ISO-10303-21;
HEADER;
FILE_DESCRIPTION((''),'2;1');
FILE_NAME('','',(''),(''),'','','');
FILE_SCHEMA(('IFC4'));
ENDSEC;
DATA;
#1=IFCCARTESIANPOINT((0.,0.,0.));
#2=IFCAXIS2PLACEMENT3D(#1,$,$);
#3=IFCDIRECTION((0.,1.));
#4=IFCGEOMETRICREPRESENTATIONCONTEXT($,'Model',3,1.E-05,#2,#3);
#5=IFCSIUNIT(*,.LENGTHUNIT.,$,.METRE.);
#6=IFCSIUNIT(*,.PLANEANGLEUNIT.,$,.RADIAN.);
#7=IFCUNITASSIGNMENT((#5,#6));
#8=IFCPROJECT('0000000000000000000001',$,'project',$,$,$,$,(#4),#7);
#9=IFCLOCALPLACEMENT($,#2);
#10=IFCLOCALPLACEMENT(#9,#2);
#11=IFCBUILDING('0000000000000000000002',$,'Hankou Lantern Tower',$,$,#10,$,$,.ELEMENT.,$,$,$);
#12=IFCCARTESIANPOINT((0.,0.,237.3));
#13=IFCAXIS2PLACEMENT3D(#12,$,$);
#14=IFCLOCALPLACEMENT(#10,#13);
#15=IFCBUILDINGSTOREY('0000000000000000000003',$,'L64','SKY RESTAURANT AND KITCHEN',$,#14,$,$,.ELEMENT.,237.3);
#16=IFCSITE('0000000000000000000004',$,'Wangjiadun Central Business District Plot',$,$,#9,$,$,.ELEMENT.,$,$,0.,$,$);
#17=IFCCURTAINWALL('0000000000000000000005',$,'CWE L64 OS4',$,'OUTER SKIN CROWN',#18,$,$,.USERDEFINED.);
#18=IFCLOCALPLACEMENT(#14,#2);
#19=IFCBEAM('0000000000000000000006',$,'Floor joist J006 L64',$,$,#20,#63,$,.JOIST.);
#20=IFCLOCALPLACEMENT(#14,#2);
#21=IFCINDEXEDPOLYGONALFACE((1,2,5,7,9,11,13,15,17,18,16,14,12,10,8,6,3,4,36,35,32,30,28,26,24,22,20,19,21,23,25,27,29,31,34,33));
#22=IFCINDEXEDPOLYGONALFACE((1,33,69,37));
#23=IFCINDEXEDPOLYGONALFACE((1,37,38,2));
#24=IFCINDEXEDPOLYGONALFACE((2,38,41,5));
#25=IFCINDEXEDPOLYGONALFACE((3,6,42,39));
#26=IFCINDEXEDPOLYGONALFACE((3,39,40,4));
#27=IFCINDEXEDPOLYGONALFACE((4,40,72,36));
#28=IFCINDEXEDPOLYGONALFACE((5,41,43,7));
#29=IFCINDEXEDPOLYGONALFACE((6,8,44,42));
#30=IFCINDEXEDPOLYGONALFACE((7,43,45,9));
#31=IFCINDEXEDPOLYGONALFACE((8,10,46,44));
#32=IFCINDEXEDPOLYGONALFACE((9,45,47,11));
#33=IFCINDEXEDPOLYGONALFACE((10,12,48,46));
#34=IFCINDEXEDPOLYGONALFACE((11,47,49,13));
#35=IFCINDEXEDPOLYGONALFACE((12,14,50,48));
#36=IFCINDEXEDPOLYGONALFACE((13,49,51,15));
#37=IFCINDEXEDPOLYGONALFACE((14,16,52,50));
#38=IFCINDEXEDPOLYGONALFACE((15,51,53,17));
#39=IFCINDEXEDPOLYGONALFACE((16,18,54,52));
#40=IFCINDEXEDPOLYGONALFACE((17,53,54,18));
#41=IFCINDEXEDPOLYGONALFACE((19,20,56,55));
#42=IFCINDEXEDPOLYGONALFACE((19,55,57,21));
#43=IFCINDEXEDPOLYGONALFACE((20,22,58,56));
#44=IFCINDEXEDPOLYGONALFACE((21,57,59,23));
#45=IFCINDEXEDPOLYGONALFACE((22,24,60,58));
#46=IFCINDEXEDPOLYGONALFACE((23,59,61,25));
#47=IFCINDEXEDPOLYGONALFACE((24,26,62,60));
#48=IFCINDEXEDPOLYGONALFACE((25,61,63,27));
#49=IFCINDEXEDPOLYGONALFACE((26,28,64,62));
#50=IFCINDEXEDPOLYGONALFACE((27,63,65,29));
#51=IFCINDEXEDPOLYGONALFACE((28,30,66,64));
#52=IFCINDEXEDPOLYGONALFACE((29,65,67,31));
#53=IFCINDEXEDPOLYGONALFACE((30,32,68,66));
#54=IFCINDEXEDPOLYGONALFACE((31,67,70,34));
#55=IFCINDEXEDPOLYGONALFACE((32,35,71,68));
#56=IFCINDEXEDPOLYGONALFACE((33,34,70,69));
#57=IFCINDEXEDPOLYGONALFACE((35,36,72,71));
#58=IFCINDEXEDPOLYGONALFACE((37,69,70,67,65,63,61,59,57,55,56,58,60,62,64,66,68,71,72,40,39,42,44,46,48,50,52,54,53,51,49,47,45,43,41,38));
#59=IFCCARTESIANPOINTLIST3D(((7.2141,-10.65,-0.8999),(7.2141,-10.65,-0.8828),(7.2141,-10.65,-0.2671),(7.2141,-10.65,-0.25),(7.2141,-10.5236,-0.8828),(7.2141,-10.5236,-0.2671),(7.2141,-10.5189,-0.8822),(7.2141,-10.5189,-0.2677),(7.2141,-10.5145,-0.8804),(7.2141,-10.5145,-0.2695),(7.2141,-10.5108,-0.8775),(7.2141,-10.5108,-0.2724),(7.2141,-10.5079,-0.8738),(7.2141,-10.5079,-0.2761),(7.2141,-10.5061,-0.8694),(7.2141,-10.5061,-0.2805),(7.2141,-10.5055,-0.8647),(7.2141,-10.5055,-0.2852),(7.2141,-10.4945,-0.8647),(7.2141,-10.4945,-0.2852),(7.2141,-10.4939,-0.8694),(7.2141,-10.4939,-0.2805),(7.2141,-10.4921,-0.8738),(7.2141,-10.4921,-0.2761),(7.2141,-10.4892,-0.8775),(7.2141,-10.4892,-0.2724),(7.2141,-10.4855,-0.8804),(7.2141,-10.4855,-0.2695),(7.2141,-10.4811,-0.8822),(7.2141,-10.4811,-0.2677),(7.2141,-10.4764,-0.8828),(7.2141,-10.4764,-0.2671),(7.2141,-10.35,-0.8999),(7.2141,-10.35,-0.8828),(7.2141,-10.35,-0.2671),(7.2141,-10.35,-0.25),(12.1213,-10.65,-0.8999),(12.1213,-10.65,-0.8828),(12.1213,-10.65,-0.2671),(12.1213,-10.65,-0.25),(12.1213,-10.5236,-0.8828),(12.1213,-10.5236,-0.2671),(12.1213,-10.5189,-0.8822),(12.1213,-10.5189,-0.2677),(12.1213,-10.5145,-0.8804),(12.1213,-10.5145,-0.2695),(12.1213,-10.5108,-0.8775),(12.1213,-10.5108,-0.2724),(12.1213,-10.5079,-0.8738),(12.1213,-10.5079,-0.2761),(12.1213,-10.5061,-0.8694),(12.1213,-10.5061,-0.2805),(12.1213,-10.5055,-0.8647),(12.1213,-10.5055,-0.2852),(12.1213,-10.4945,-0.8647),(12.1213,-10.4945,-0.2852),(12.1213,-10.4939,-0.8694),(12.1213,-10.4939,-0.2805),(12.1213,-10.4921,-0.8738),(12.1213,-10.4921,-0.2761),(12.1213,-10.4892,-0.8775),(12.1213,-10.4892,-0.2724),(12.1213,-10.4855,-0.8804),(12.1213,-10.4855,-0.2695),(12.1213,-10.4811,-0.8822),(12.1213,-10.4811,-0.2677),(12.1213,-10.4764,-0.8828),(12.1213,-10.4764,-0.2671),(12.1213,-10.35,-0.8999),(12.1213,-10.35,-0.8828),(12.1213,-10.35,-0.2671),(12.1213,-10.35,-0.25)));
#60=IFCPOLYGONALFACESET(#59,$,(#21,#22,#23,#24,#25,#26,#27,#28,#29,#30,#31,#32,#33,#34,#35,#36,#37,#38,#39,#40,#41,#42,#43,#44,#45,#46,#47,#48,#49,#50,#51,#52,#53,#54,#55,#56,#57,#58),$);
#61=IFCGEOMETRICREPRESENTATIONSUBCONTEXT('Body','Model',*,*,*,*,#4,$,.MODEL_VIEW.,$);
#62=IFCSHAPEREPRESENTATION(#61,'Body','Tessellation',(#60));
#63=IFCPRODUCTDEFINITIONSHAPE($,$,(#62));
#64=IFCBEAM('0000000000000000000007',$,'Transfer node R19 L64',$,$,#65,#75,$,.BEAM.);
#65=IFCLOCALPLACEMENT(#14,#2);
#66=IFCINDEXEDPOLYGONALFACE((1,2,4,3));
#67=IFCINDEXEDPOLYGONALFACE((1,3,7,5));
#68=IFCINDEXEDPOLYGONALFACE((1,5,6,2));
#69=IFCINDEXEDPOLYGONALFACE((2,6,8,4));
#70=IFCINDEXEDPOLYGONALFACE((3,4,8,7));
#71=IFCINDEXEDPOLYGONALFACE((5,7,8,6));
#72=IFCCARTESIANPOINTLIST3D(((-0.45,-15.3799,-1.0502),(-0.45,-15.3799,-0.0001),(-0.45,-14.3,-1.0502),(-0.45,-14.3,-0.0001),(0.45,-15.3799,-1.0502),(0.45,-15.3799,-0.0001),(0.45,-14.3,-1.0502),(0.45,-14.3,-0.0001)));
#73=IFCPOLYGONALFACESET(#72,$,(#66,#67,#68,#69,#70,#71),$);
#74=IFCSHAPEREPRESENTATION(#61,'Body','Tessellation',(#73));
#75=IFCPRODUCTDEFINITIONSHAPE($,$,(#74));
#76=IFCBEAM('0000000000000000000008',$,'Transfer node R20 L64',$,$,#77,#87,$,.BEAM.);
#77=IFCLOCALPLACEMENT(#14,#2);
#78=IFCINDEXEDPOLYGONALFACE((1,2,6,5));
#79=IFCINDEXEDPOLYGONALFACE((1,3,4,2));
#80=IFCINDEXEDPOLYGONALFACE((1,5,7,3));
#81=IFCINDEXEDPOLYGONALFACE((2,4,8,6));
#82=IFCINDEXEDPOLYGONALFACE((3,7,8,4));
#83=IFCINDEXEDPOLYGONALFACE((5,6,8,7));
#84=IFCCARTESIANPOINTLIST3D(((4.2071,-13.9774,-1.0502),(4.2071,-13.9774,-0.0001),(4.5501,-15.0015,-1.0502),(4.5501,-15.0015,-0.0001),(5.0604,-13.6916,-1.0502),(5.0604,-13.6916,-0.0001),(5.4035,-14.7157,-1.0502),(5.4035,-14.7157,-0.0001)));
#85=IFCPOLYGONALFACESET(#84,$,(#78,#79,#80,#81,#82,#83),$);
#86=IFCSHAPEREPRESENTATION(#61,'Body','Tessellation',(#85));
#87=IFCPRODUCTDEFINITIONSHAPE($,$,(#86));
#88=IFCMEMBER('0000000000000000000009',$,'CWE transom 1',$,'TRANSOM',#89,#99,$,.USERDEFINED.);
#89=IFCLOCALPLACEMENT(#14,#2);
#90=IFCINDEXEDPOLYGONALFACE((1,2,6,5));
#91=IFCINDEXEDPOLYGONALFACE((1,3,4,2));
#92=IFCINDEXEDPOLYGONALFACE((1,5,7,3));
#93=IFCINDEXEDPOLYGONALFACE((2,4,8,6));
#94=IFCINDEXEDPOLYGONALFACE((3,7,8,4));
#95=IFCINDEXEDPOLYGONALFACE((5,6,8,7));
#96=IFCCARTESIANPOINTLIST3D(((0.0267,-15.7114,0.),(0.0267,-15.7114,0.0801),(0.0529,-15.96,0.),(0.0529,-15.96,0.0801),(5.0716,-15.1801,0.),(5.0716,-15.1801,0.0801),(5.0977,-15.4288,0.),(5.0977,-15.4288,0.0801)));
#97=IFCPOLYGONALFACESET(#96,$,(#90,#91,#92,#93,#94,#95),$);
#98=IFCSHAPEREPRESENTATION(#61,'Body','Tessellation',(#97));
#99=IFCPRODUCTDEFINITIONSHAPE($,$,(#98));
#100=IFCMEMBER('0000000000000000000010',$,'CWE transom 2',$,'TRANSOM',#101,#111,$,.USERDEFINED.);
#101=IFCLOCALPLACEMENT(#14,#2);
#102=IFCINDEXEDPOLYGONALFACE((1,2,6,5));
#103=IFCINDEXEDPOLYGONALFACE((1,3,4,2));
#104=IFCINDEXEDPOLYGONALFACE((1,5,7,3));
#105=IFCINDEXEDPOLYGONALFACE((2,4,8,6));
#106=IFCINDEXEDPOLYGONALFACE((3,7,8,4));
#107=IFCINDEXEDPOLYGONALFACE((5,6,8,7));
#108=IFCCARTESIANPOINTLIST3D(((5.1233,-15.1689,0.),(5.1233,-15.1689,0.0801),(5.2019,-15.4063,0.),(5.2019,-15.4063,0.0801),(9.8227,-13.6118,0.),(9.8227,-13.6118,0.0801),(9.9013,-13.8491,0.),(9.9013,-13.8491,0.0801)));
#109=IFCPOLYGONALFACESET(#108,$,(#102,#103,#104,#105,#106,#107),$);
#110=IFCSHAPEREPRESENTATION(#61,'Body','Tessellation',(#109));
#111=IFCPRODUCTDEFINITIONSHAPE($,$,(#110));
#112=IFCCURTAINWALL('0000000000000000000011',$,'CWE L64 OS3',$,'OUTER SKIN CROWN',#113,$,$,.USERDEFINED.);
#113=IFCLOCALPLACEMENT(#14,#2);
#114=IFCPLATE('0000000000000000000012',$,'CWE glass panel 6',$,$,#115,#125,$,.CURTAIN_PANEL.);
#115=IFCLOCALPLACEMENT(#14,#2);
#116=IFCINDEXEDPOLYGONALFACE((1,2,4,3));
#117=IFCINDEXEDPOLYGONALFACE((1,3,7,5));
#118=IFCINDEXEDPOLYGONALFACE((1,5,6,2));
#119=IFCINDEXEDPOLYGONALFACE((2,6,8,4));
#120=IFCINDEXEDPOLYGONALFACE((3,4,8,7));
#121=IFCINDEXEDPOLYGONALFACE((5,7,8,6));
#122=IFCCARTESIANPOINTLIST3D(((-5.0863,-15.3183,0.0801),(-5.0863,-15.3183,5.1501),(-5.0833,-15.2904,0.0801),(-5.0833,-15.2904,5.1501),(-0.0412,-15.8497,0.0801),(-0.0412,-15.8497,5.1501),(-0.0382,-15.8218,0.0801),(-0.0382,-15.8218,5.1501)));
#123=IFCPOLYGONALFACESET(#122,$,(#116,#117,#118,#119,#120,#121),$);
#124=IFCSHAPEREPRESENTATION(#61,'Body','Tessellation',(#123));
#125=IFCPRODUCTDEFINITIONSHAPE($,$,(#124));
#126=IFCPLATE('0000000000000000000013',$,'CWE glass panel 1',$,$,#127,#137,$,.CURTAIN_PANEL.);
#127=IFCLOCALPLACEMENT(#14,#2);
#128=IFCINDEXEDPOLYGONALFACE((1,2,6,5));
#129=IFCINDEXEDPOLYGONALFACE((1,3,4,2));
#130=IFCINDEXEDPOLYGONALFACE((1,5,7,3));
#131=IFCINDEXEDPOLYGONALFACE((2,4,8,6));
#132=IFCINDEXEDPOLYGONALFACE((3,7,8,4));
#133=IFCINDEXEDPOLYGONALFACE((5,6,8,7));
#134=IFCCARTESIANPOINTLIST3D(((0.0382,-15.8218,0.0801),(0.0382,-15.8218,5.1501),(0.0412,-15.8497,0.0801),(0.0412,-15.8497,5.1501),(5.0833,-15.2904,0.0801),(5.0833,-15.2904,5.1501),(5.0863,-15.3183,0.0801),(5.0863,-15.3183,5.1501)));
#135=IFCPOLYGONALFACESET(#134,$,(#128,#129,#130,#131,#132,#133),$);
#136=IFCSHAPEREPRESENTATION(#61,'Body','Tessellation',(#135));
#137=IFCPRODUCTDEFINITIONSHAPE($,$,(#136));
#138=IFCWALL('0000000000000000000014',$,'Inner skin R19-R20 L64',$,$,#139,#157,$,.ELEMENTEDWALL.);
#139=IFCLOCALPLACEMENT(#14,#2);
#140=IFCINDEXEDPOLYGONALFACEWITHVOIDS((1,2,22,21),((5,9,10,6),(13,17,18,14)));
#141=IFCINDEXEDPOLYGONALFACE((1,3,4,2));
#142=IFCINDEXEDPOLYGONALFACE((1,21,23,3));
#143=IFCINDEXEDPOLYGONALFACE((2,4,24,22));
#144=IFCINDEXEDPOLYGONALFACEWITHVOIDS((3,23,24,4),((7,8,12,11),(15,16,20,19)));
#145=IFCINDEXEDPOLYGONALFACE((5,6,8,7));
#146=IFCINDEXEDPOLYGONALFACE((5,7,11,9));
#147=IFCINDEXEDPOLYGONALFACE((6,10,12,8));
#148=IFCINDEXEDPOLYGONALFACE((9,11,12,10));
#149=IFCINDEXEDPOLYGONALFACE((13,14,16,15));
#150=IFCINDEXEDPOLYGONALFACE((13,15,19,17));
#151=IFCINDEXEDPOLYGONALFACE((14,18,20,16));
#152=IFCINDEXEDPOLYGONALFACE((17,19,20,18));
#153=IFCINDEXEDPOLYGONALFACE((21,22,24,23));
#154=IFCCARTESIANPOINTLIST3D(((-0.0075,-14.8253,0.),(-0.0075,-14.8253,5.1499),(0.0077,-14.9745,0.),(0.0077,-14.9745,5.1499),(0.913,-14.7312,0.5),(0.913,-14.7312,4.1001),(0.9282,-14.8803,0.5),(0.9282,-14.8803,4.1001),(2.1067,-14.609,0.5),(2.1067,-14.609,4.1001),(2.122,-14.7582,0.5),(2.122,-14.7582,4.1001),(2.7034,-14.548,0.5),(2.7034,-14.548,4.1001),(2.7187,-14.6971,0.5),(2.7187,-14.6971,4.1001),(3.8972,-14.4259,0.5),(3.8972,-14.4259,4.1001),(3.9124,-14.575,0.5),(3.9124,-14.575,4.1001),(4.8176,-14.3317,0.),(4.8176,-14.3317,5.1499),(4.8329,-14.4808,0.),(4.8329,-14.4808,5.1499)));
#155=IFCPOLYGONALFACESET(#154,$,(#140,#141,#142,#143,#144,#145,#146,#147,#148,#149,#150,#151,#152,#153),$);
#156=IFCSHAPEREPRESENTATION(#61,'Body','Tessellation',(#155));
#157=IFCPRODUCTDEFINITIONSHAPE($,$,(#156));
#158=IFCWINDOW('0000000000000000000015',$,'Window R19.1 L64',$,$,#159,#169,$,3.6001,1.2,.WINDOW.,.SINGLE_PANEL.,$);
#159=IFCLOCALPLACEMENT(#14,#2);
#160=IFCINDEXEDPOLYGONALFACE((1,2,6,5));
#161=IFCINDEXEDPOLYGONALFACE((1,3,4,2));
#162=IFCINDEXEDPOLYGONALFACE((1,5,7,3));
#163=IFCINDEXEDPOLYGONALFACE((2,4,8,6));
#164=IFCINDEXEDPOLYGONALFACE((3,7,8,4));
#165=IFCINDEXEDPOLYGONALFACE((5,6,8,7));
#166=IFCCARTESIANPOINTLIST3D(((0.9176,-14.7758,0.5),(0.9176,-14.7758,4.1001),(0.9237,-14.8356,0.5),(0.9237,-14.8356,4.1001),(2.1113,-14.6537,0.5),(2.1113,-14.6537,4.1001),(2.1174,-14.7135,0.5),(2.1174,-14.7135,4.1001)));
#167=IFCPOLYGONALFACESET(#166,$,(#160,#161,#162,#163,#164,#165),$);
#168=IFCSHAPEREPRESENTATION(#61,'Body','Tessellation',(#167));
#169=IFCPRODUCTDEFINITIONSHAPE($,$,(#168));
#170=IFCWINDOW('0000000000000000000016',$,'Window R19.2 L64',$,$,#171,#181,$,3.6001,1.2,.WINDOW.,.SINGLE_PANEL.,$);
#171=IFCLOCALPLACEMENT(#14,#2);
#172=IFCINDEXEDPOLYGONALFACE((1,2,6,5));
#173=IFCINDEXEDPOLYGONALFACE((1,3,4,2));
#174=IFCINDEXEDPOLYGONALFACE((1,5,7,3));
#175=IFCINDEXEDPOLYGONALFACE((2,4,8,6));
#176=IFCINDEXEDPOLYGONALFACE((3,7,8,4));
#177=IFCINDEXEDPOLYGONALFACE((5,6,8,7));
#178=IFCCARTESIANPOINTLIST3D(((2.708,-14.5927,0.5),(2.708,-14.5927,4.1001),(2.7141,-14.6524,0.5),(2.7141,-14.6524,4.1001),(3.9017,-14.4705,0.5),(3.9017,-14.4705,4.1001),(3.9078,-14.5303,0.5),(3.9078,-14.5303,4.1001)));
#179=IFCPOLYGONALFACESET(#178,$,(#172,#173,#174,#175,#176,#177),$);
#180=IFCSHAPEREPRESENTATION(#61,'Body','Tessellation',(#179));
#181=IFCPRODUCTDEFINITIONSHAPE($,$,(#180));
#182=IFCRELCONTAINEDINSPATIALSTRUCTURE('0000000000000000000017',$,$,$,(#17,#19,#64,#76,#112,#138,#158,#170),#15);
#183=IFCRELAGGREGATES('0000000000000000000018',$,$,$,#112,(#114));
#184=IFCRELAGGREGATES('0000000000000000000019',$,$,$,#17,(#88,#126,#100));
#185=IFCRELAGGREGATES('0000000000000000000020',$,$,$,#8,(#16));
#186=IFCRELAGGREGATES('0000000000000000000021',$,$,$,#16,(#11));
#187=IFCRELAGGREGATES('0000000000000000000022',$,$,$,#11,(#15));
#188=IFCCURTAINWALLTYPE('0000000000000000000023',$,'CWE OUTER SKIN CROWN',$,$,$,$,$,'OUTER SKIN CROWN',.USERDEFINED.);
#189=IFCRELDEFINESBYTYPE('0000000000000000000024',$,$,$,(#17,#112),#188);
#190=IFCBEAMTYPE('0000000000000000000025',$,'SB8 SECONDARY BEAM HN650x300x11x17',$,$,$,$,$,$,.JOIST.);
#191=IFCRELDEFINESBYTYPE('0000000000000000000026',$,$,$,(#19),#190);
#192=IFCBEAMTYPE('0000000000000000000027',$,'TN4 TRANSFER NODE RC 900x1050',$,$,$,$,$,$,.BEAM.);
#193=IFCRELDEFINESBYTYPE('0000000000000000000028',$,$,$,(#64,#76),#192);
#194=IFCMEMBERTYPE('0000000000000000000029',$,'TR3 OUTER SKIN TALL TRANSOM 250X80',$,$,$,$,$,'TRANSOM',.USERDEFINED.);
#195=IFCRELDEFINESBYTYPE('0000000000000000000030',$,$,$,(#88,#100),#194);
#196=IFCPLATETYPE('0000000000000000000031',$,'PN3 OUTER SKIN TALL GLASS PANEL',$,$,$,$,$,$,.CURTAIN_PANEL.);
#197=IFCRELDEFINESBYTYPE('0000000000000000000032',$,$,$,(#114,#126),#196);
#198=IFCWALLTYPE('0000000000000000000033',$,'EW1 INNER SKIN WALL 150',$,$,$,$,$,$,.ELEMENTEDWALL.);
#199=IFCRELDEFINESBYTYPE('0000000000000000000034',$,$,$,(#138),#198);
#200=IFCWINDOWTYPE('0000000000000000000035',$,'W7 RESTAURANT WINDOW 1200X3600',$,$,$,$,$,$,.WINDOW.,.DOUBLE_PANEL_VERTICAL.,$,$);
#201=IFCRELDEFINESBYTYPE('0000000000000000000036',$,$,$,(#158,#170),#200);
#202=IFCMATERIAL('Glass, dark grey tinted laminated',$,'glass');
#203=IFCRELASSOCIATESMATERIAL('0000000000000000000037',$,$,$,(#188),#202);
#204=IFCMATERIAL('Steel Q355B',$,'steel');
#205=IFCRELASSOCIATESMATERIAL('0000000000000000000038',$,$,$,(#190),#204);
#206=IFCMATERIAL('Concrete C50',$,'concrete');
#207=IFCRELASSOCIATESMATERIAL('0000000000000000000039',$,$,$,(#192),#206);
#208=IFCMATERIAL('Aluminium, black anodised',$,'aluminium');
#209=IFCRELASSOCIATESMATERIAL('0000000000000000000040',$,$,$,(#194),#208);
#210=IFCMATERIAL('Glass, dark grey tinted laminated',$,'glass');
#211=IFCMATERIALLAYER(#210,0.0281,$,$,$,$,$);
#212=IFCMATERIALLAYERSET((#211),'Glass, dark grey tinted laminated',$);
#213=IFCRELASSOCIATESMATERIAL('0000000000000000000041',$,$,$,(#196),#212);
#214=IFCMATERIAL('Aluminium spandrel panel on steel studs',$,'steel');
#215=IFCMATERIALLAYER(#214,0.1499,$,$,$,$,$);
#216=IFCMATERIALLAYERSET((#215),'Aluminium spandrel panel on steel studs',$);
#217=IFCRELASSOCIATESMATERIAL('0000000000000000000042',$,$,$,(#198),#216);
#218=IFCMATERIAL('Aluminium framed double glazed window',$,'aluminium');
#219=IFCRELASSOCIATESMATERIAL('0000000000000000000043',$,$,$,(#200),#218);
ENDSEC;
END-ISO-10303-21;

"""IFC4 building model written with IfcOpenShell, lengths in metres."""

from ifc_helpers import new_model, si_unit, direction, frame, frame_2d, origin, origin_2d, place, context, subcontext, project, spatial, rectangle, i_section, extrude, material, layer, layer_set, material_profile, profile_set, type_object, element, fill, aggregate, save


model = new_model("IFC4")

# Units and contexts
model_context = context("Model", 3, precision=1e-05, world=origin(), true_north=direction((0.0, 1.0)))
body_context = subcontext(model_context, "Body", "Model", "MODEL_VIEW")
ifc_project = project(units=[si_unit("LENGTHUNIT", "METRE"), si_unit("PLANEANGLEUNIT", "RADIAN")], contexts=[model_context])

# Site, building, storey
site_placement = place(None, origin())
site = spatial("IfcSite", under=ifc_project, at=site_placement, Name="Wangjiadun Central Business District Plot", CompositionType="ELEMENT", RefElevation=0.0)
building_placement = place(site_placement, origin())
building = spatial("IfcBuilding", under=site, at=building_placement, Name="Hankou Lantern Tower", CompositionType="ELEMENT")
storey_placement = place(building_placement, frame((0.0, 0.0, 237.3)))
storey = spatial("IfcBuildingStorey", under=building, at=storey_placement, Name="L64", Description="SKY RESTAURANT AND KITCHEN", CompositionType="ELEMENT", Elevation=237.3)

# Curtain wall
ifc_material_1 = material(Name="Glass, dark grey tinted laminated", Category="glass")
curtain_wall_type = type_object("IfcCurtainWallType", Name="CWE OUTER SKIN CROWN", ElementType="OUTER SKIN CROWN", PredefinedType="USERDEFINED", material=ifc_material_1)
curtain_wall_1_placement = place(storey_placement, origin())
curtain_wall_1 = element("IfcCurtainWall", 1, at=curtain_wall_1_placement, inside=storey, type_object=curtain_wall_type, Name="CWE L64 OS4", ObjectType="OUTER SKIN CROWN", PredefinedType="USERDEFINED")

# Beams
ifc_material_2 = material(Name="Steel Q355B", Category="steel")
ifc_material_profile_1 = material_profile(ifc_material_2, i_section(OverallWidth=0.3, OverallDepth=0.6499, WebThickness=0.011, FlangeThickness=0.0171, FilletRadius=0.0181, at=origin_2d()), Name="HN650x300x11x17")
ifc_profile_set_1 = profile_set([ifc_material_profile_1], Name="Steel Q355B")
beam_type_1 = type_object("IfcBeamType", Name="SB8 SECONDARY BEAM HN650x300x11x17", PredefinedType="JOIST", material=ifc_profile_set_1)
beam_1_placement = place(storey_placement, frame((7.2141, -10.5, -0.575), z_axis=(1.0, 0.0, 0.0), x_axis=(0.0, 1.0, 0.0)))
element("IfcBeam", 2, at=beam_1_placement, inside=storey, type_object=beam_type_1, Name="Floor joist J006 L64", PredefinedType="JOIST", context=body_context, shape_type="SweptSolid", body=[
    extrude(i_section(OverallWidth=0.3, OverallDepth=0.6499, WebThickness=0.011, FlangeThickness=0.0171, FilletRadius=0.0181, at=origin_2d()), origin(), (0.0, 0.0, 1.0), 4.9072),
])
ifc_material_3 = material(Name="Concrete C50", Category="concrete")
ifc_material_profile_2 = material_profile(ifc_material_3, rectangle(XDim=0.8999, YDim=1.05, at=origin_2d()), Name="RC 900x1050")
ifc_profile_set_2 = profile_set([ifc_material_profile_2], Name="Concrete C50")
beam_type_2 = type_object("IfcBeamType", Name="TN4 TRANSFER NODE RC 900x1050", PredefinedType="BEAM", material=ifc_profile_set_2)
beam_2_placement = place(storey_placement, frame((0.0, -15.3799, -0.5251), z_axis=(0.0, 1.0, 0.0), x_axis=(-1.0, 0.0, 0.0)))
element("IfcBeam", 3, at=beam_2_placement, inside=storey, type_object=beam_type_2, Name="Transfer node R19 L64", PredefinedType="BEAM", context=body_context, shape_type="SweptSolid", body=[
    extrude(rectangle(XDim=0.8999, YDim=1.05, at=origin_2d()), origin(), (0.0, 0.0, 1.0), 1.0798),
])
beam_3_placement = place(storey_placement, frame((4.9768, -14.8586, -0.5251), z_axis=(-0.317584, 0.94823, 0.0), x_axis=(-0.94823, -0.317584, 0.0)))
element("IfcBeam", 4, at=beam_3_placement, inside=storey, type_object=beam_type_2, Name="Transfer node R20 L64", PredefinedType="BEAM", context=body_context, shape_type="SweptSolid", body=[
    extrude(rectangle(XDim=0.8999, YDim=1.05, at=origin_2d()), origin(), (0.0, 0.0, 1.0), 1.0801),
])

# Members
ifc_material_4 = material(Name="Aluminium, black anodised", Category="aluminium")
ifc_material_profile_3 = material_profile(ifc_material_4, rectangle(XDim=0.25, YDim=0.0801, at=origin_2d()), Name="TR3 250X80")
ifc_profile_set_3 = profile_set([ifc_material_profile_3], Name="Aluminium, black anodised")
member_type_1 = type_object("IfcMemberType", Name="TR3 OUTER SKIN TALL TRANSOM 250X80", ElementType="TRANSOM", PredefinedType="USERDEFINED", material=ifc_profile_set_3)
member_1_placement = place(storey_placement, frame((0.0398, -15.8357, 0.04), z_axis=(0.994501, 0.104725, 0.0), x_axis=(-0.104725, 0.994501, 0.0)))
member_1 = element("IfcMember", 5, at=member_1_placement, type_object=member_type_1, Name="CWE transom 1", ObjectType="TRANSOM", PredefinedType="USERDEFINED", context=body_context, shape_type="SweptSolid", body=[
    extrude(rectangle(XDim=0.25, YDim=0.0801, at=origin_2d()), origin(), (0.0, 0.0, 1.0), 5.0728),
])
member_2_placement = place(storey_placement, frame((5.1626, -15.2876, 0.04), z_axis=(0.949249, 0.314526, 0.0), x_axis=(-0.314526, 0.949249, 0.0)))
member_2 = element("IfcMember", 6, at=member_2_placement, type_object=member_type_1, Name="CWE transom 2", ObjectType="TRANSOM", PredefinedType="USERDEFINED", context=body_context, shape_type="SweptSolid", body=[
    extrude(rectangle(XDim=0.25, YDim=0.0801, at=origin_2d()), origin(), (0.0, 0.0, 1.0), 4.9507),
])

# Curtain wall, plate
curtain_wall_2_placement = place(storey_placement, origin())
curtain_wall_2 = element("IfcCurtainWall", 7, at=curtain_wall_2_placement, inside=storey, type_object=curtain_wall_type, Name="CWE L64 OS3", ObjectType="OUTER SKIN CROWN", PredefinedType="USERDEFINED")
ifc_material_5 = material(Name="Glass, dark grey tinted laminated", Category="glass")
ifc_layer_1 = layer(ifc_material_5, 0.0281)
ifc_layer_set_1 = layer_set([ifc_layer_1], Name="Glass, dark grey tinted laminated")
plate_type = type_object("IfcPlateType", Name="PN3 OUTER SKIN TALL GLASS PANEL", PredefinedType="CURTAIN_PANEL", material=ifc_layer_set_1)
plate_1_placement = place(storey_placement, frame((-2.5623, -15.5701, 0.0801), z_axis=(0.0, 0.0, 1.0), x_axis=(0.994499, -0.104743, 0.0)))
plate_1 = element("IfcPlate", 8, at=plate_1_placement, type_object=plate_type, Name="CWE glass panel 6", PredefinedType="CURTAIN_PANEL", context=body_context, shape_type="SweptSolid", body=[
    extrude(rectangle(XDim=5.073, YDim=0.0281, at=origin_2d()), origin(), (0.0, 0.0, 1.0), 5.0701),
])
aggregate(curtain_wall_2, [plate_1])

# Plate
plate_2_placement = place(storey_placement, frame((2.5623, -15.5701, 0.0801), z_axis=(0.0, 0.0, 1.0), x_axis=(0.994499, 0.104743, 0.0)))
plate_2 = element("IfcPlate", 9, at=plate_2_placement, type_object=plate_type, Name="CWE glass panel 1", PredefinedType="CURTAIN_PANEL", context=body_context, shape_type="SweptSolid", body=[
    extrude(rectangle(XDim=5.073, YDim=0.0281, at=origin_2d()), origin(), (0.0, 0.0, 1.0), 5.0701),
])
aggregate(curtain_wall_1, [member_1, plate_2, member_2])

# Wall, openings, windows
ifc_material_6 = material(Name="Aluminium spandrel panel on steel studs", Category="steel")
ifc_layer_2 = layer(ifc_material_6, 0.1499)
ifc_layer_set_2 = layer_set([ifc_layer_2], Name="Aluminium spandrel panel on steel studs")
wall_type_1 = type_object("IfcWallType", Name="EW1 INNER SKIN WALL 150", PredefinedType="ELEMENTEDWALL", material=ifc_layer_set_2)
wall_1_placement = place(storey_placement, frame((0.0, -14.8999, 0.0), z_axis=(0.0, 0.0, 1.0), x_axis=(0.994807, 0.101776, 0.0)))
wall_1 = element("IfcWall", 10, at=wall_1_placement, inside=storey, type_object=wall_type_1, Name="Inner skin R19-R20 L64", PredefinedType="ELEMENTEDWALL", context=body_context, shape_type="SweptSolid", body=[
    extrude(rectangle(XDim=4.8503, YDim=0.1499, at=frame_2d((2.4253, 0.0))), origin(), (0.0, 0.0, 1.0), 5.1499),
])
opening_1_placement = place(wall_1_placement, frame((0.9253, 0.0, 0.5)))
opening_1 = element("IfcOpeningElement", 11, at=opening_1_placement, cuts=wall_1, PredefinedType="OPENING", context=body_context, shape_type="SweptSolid", body=[
    extrude(rectangle(XDim=1.2, YDim=3.6001, at=frame_2d((0.6001, 1.8))), frame((0.0, 0.085, 0.0), z_axis=(0.0, -1.0, 0.0), x_axis=(1.0, 0.0, 0.0)), (0.0, 0.0, 1.0), 0.1699),
])
opening_2_placement = place(wall_1_placement, frame((2.7251, 0.0, 0.5)))
opening_2 = element("IfcOpeningElement", 12, at=opening_2_placement, cuts=wall_1, PredefinedType="OPENING", context=body_context, shape_type="SweptSolid", body=[
    extrude(rectangle(XDim=1.2, YDim=3.6001, at=frame_2d((0.6001, 1.8))), frame((0.0, 0.085, 0.0), z_axis=(0.0, -1.0, 0.0), x_axis=(1.0, 0.0, 0.0)), (0.0, 0.0, 1.0), 0.1699),
])
ifc_material_7 = material(Name="Aluminium framed double glazed window", Category="aluminium")
window_type = type_object("IfcWindowType", Name="W7 RESTAURANT WINDOW 1200X3600", PartitioningType="DOUBLE_PANEL_VERTICAL", PredefinedType="WINDOW", material=ifc_material_7)
window_1_placement = place(opening_1_placement, origin())
window_1 = element("IfcWindow", 13, at=window_1_placement, inside=storey, type_object=window_type, Name="Window R19.1 L64", OverallHeight=3.6001, OverallWidth=1.2, PartitioningType="SINGLE_PANEL", PredefinedType="WINDOW", context=body_context, shape_type="SweptSolid", body=[
    extrude(rectangle(XDim=1.2, YDim=3.6001, at=frame_2d((0.6001, 1.8))), frame((0.0, 0.03, 0.0), z_axis=(0.0, -1.0, 0.0), x_axis=(1.0, 0.0, 0.0)), (0.0, 0.0, 1.0), 0.0601),
])
fill(opening_1, window_1)
window_2_placement = place(opening_2_placement, origin())
window_2 = element("IfcWindow", 14, at=window_2_placement, inside=storey, type_object=window_type, Name="Window R19.2 L64", OverallHeight=3.6001, OverallWidth=1.2, PartitioningType="SINGLE_PANEL", PredefinedType="WINDOW", context=body_context, shape_type="SweptSolid", body=[
    extrude(rectangle(XDim=1.2, YDim=3.6001, at=frame_2d((0.6001, 1.8))), frame((0.0, 0.03, 0.0), z_axis=(0.0, -1.0, 0.0), x_axis=(1.0, 0.0, 0.0)), (0.0, 0.0, 1.0), 0.0601),
])
fill(opening_2, window_2)

save(model, "model.ifc")
